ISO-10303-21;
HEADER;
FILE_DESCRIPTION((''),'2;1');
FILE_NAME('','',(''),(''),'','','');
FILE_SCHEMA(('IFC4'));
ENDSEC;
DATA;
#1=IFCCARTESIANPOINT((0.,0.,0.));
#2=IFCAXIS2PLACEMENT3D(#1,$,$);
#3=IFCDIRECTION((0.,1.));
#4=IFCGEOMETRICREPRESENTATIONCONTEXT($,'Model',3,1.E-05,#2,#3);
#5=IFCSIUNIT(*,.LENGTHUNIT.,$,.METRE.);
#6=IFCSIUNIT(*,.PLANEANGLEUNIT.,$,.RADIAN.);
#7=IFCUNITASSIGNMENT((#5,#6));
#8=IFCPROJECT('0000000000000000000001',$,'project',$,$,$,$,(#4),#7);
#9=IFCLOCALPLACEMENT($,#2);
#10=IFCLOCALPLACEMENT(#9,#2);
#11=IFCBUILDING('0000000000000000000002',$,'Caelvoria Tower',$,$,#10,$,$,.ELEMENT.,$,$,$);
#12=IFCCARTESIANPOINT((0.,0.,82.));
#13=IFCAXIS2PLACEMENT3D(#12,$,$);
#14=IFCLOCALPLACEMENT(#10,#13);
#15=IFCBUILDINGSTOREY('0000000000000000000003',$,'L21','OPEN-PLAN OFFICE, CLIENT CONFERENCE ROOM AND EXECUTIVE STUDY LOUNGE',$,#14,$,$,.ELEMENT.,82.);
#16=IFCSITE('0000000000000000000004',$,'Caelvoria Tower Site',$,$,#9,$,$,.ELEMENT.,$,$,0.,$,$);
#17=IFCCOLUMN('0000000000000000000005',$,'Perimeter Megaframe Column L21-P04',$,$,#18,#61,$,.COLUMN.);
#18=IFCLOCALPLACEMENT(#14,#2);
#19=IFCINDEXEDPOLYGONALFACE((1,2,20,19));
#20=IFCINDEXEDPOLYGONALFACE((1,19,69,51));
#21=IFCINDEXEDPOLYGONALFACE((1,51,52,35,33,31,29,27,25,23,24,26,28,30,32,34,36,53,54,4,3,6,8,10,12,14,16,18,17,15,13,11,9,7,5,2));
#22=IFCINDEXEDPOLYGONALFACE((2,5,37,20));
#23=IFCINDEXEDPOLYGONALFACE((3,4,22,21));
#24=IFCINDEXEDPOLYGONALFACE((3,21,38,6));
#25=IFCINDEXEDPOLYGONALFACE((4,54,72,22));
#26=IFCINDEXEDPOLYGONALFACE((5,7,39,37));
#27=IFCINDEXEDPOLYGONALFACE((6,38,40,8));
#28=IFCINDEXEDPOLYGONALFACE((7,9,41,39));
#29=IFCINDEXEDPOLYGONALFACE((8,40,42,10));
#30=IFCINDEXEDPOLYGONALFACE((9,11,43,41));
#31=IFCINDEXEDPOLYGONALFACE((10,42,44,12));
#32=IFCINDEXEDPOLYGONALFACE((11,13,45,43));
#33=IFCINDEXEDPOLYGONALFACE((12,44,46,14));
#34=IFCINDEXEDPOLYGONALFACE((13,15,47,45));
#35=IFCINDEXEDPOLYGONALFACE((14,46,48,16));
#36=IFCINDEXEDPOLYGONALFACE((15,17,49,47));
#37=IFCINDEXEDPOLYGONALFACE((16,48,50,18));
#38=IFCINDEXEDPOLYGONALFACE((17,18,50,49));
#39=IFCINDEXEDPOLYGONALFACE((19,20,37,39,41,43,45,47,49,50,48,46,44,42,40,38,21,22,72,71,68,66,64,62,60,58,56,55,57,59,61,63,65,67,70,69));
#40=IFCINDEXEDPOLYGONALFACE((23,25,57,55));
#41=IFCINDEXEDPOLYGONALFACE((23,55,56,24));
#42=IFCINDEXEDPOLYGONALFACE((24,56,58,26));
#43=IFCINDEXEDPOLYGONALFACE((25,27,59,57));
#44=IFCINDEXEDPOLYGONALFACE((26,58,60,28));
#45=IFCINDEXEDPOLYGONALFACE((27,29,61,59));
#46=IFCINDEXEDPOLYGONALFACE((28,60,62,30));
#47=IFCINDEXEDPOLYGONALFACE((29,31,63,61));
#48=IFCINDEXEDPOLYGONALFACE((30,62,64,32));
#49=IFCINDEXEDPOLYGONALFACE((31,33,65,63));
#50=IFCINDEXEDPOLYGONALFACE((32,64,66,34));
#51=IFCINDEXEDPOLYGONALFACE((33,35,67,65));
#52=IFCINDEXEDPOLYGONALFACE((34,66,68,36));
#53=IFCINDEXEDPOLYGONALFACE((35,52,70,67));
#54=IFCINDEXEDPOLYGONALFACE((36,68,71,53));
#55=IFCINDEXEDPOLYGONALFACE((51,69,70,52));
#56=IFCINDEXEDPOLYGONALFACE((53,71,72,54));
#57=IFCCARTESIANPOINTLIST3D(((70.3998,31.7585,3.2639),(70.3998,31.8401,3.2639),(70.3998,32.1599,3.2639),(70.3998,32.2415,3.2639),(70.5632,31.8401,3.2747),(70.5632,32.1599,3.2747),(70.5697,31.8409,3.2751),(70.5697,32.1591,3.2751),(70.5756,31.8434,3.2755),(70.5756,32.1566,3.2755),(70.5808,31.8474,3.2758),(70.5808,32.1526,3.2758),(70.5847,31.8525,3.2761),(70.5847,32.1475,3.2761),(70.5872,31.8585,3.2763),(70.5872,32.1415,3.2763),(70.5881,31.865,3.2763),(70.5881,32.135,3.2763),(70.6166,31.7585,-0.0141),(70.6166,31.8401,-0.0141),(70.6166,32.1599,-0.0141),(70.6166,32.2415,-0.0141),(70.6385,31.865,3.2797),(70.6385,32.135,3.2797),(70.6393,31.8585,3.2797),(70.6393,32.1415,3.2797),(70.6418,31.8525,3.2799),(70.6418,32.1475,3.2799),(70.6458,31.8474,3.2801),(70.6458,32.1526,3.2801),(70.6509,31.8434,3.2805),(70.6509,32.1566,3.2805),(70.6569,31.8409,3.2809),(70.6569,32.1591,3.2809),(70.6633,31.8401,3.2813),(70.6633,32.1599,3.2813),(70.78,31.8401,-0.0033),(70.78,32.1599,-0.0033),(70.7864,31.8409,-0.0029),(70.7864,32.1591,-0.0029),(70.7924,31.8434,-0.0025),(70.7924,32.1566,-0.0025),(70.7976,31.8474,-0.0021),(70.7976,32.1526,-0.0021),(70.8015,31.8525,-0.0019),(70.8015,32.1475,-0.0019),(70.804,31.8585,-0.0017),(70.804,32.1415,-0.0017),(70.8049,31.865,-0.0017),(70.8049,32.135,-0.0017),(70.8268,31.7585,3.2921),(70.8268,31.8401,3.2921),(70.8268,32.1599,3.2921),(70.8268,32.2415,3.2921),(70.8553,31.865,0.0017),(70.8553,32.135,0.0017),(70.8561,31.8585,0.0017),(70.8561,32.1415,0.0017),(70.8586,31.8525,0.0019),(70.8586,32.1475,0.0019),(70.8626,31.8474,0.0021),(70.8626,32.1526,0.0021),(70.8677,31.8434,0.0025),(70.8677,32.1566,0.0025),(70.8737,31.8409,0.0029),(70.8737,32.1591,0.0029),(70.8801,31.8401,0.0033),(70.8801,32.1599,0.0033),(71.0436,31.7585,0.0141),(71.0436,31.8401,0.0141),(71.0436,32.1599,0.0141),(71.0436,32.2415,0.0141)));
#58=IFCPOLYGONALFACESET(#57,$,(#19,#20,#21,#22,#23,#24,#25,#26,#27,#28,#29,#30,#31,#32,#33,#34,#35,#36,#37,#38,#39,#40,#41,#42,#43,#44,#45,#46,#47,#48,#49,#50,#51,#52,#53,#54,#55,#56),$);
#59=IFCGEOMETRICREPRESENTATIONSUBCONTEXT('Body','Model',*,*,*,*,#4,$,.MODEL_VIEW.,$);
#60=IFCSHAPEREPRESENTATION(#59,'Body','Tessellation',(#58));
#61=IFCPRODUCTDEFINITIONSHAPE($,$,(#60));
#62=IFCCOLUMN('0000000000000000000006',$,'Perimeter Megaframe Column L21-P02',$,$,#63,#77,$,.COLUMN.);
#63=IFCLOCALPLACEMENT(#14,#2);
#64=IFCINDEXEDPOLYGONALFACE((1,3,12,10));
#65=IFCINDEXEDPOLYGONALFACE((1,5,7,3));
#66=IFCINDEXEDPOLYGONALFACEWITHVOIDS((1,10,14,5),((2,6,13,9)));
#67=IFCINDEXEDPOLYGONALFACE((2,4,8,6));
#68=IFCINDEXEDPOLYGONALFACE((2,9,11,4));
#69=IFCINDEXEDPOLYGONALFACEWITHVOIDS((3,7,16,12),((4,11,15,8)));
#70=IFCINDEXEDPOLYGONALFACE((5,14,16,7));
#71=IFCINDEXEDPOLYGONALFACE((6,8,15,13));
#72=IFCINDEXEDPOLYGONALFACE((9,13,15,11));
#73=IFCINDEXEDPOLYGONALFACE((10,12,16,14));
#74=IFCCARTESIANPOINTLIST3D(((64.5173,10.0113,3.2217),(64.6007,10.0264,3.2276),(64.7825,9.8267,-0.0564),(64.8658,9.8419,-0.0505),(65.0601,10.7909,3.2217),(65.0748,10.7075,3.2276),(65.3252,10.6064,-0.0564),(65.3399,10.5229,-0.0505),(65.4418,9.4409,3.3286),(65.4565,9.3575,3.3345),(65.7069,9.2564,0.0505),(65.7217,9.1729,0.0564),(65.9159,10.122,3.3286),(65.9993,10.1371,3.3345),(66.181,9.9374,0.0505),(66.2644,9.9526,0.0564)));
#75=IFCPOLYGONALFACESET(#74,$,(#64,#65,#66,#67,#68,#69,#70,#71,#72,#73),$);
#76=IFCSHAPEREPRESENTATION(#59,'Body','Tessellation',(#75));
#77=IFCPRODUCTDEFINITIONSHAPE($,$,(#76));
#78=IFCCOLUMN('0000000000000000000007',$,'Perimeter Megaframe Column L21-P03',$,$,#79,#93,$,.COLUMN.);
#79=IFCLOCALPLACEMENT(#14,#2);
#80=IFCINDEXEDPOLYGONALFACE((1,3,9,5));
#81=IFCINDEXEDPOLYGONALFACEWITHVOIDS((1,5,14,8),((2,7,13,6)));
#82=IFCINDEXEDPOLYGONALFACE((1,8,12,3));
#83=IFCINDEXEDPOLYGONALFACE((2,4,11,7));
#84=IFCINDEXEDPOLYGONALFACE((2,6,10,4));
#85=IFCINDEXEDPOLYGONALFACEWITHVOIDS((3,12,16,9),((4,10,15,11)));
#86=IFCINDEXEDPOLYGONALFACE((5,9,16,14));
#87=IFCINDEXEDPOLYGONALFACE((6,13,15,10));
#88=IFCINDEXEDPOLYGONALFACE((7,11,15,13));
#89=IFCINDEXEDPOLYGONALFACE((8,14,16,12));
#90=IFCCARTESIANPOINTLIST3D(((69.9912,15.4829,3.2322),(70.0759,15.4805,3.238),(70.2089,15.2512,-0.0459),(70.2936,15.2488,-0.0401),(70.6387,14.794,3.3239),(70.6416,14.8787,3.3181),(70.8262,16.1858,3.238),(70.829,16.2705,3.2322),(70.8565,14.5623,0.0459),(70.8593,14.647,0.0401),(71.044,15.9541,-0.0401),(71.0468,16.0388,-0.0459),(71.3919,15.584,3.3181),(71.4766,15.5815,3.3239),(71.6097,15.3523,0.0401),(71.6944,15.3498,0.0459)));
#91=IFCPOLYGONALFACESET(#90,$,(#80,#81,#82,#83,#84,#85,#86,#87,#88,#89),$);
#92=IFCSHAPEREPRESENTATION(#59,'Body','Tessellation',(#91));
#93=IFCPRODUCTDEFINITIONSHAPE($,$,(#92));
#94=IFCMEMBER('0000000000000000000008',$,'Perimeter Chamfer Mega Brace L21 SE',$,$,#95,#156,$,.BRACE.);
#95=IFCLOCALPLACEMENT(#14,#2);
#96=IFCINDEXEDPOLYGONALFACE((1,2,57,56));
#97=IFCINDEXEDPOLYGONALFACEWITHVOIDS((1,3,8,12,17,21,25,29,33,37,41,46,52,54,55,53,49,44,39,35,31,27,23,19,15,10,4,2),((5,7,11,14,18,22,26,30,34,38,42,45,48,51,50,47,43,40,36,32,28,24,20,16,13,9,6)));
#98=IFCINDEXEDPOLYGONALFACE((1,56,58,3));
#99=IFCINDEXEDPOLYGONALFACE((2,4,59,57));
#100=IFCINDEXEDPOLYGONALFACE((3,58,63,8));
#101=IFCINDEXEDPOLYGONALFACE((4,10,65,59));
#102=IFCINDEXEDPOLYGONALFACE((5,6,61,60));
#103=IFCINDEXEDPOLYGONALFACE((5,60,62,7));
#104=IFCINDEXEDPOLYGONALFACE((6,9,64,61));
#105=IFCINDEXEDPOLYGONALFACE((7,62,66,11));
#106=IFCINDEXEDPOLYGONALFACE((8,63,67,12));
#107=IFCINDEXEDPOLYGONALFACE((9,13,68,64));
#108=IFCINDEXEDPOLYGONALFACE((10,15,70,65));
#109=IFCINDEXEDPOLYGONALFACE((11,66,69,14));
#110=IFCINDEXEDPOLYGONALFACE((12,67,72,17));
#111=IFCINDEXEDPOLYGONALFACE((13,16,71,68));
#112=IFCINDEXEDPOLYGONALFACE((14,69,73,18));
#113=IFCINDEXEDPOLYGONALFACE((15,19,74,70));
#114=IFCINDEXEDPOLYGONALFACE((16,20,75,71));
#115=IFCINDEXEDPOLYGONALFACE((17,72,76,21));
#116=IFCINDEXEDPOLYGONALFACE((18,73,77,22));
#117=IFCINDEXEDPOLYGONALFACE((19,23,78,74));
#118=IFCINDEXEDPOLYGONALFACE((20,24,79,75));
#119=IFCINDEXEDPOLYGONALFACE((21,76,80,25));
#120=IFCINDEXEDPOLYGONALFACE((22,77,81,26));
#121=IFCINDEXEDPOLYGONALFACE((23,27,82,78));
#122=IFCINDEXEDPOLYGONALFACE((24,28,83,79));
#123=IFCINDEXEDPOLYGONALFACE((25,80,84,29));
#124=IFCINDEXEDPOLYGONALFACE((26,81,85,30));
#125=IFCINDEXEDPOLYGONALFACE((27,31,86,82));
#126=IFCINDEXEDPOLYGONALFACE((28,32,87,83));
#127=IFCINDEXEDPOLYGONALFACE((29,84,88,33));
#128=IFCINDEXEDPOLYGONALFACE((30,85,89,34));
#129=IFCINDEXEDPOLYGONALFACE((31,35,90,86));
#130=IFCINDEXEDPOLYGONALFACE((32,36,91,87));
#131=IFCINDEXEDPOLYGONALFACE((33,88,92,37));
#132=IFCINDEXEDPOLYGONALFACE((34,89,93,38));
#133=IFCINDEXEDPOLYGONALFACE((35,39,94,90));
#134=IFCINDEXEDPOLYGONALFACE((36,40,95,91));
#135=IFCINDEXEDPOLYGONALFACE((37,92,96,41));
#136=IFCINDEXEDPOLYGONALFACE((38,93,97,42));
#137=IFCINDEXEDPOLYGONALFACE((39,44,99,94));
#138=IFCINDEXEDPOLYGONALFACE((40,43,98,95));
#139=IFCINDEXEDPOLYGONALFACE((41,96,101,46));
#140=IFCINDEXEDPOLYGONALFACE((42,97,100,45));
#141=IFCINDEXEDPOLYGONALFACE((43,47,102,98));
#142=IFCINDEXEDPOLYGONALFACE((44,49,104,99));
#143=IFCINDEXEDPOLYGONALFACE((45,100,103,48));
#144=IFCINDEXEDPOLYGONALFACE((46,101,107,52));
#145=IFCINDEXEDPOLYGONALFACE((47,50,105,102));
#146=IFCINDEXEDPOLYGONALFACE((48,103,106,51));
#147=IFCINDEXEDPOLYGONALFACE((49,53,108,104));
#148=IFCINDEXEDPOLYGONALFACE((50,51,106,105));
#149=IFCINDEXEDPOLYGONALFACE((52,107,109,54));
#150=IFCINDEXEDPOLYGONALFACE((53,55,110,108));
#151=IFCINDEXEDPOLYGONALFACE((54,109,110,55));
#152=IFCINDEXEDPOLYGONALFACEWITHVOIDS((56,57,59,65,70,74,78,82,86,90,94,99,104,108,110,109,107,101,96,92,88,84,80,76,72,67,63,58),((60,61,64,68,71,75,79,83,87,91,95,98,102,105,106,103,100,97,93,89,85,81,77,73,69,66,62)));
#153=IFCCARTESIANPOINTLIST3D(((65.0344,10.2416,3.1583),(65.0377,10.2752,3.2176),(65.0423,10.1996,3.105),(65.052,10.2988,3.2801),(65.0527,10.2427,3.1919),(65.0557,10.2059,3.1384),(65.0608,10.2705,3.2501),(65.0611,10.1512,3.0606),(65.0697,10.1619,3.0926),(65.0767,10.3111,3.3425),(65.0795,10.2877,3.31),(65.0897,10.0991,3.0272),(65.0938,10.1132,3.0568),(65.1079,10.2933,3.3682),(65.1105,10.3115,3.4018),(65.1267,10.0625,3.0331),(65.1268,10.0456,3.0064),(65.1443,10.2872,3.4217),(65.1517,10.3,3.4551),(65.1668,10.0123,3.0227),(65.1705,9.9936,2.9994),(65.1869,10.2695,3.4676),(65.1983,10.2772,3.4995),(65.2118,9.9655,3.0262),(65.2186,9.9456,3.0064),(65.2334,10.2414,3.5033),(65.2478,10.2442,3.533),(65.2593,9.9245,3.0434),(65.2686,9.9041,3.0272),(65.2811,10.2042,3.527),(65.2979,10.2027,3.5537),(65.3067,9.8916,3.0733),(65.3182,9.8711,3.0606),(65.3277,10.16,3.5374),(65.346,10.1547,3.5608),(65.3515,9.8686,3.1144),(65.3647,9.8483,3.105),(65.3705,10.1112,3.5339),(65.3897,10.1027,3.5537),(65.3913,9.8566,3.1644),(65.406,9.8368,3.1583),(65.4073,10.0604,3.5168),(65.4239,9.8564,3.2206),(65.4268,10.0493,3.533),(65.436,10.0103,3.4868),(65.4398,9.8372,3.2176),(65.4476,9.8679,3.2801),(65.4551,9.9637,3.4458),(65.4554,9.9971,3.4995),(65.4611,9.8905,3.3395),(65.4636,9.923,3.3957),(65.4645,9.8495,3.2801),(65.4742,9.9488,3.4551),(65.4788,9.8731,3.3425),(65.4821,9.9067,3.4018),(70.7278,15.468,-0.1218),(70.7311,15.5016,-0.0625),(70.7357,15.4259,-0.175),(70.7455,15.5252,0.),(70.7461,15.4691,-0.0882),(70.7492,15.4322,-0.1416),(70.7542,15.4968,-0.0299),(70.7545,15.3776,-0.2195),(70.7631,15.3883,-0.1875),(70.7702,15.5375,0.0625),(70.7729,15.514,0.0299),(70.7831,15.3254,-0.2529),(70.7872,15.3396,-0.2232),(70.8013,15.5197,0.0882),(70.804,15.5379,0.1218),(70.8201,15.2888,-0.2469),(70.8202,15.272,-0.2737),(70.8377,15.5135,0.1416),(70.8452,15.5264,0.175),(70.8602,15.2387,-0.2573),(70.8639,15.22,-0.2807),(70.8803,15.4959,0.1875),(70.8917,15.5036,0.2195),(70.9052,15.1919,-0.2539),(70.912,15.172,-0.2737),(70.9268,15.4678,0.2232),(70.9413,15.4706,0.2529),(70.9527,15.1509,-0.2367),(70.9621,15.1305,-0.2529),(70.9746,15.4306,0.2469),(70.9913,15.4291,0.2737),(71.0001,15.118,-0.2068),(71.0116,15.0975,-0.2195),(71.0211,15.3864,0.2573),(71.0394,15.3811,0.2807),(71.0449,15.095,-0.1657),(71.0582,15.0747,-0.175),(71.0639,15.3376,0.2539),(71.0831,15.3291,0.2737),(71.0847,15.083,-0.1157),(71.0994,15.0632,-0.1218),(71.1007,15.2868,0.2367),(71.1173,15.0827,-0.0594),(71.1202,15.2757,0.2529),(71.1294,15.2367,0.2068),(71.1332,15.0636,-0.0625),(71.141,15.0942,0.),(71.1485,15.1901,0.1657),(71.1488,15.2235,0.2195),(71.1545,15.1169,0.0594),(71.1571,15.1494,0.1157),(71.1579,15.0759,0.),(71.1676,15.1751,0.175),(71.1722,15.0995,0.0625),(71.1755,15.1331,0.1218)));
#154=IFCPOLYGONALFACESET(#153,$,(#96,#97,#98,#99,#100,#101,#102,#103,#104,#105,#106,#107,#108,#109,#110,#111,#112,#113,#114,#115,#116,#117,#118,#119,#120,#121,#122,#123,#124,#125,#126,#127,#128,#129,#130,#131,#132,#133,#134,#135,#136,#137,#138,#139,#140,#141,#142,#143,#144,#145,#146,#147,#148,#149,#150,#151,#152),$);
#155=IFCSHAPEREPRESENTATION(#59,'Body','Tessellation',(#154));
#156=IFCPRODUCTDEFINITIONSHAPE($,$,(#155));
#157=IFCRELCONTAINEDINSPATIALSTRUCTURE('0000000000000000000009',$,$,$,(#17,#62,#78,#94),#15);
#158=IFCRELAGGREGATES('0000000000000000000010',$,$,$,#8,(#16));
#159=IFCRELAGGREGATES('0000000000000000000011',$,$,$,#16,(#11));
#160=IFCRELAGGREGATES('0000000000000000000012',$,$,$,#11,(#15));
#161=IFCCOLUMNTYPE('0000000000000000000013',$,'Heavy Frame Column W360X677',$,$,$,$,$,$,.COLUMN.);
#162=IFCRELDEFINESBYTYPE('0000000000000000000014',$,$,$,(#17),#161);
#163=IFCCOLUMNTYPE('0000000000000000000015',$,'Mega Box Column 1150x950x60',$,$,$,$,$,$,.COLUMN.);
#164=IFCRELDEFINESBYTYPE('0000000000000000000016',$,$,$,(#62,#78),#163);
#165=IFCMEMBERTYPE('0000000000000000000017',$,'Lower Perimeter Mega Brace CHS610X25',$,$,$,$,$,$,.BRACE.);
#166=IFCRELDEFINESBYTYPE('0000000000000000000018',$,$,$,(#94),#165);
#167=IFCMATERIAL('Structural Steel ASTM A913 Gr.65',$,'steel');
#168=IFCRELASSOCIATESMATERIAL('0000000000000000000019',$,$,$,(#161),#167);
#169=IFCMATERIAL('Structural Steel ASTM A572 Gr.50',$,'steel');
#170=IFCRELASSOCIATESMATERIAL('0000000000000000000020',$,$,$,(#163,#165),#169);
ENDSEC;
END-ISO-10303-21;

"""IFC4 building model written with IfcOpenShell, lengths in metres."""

from ifc_helpers import new_model, si_unit, direction, frame, origin, origin_2d, place, context, subcontext, project, spatial, hollow_rectangle, hollow_circle, i_section, extrude, material, material_profile, profile_set, type_object, element, save


model = new_model("IFC4")

# Units and contexts
model_context = context("Model", 3, precision=1e-05, world=origin(), true_north=direction((0.0, 1.0)))
body_context = subcontext(model_context, "Body", "Model", "MODEL_VIEW")
ifc_project = project(units=[si_unit("LENGTHUNIT", "METRE"), si_unit("PLANEANGLEUNIT", "RADIAN")], contexts=[model_context])

# Site, building, storey
site_placement = place(None, origin())
site = spatial("IfcSite", under=ifc_project, at=site_placement, Name="Caelvoria Tower Site", CompositionType="ELEMENT", RefElevation=0.0)
building_placement = place(site_placement, origin())
building = spatial("IfcBuilding", under=site, at=building_placement, Name="Caelvoria Tower", CompositionType="ELEMENT")
storey_placement = place(building_placement, frame((0.0, 0.0, 82.0)))
storey = spatial("IfcBuildingStorey", under=building, at=storey_placement, Name="L21", Description="OPEN-PLAN OFFICE, CLIENT CONFERENCE ROOM AND EXECUTIVE STUDY LOUNGE", CompositionType="ELEMENT", Elevation=82.0)

# Columns
ifc_material_1 = material(Name="Structural Steel ASTM A913 Gr.65", Category="steel")
ifc_material_profile_1 = material_profile(ifc_material_1, i_section(OverallWidth=0.428, OverallDepth=0.4829, WebThickness=0.0505, FlangeThickness=0.0815, FilletRadius=0.0249, at=origin_2d()), Name="Structural Steel ASTM A913 Gr.65")
ifc_profile_set_1 = profile_set([ifc_material_profile_1], Name="W360X677 - Structural Steel ASTM A913 Gr.65")
column_type_1 = type_object("IfcColumnType", Name="Heavy Frame Column W360X677", PredefinedType="COLUMN", material=ifc_profile_set_1)
column_1_placement = place(storey_placement, frame((70.8301, 32.0, 0.0), z_axis=(-0.065991, 0.0, 0.99782), x_axis=(0.99782, 0.0, 0.065991)))
element("IfcColumn", 1, at=column_1_placement, inside=storey, type_object=column_type_1, Name="Perimeter Megaframe Column L21-P04", PredefinedType="COLUMN", context=body_context, shape_type="SweptSolid", body=[
    extrude(i_section(OverallWidth=0.428, OverallDepth=0.4829, WebThickness=0.0505, FlangeThickness=0.0815, FilletRadius=0.0249, at=origin_2d()), origin(), (0.0, 0.0, 1.0), 3.2852),
])
ifc_material_2 = material(Name="Structural Steel ASTM A572 Gr.50", Category="steel")
ifc_material_profile_2 = material_profile(ifc_material_2, hollow_rectangle(XDim=0.95, YDim=1.1499, WallThickness=0.0601, at=origin_2d()), Name="Structural Steel ASTM A572 Gr.50")
ifc_profile_set_2 = profile_set([ifc_material_profile_2], Name="BOX1150X950X60 - Structural Steel ASTM A572 Gr.50")
column_type_2 = type_object("IfcColumnType", Name="Mega Box Column 1150x950x60", PredefinedType="COLUMN", material=ifc_profile_set_2)
column_2_placement = place(storey_placement, frame((65.5234, 9.8896, 0.0), z_axis=(-0.080492, 0.056033, 0.995179), x_axis=(-0.57133, -0.82072, 0.0)))
element("IfcColumn", 2, at=column_2_placement, inside=storey, type_object=column_type_2, Name="Perimeter Megaframe Column L21-P02", PredefinedType="COLUMN", context=body_context, shape_type="SweptSolid", body=[
    extrude(hollow_rectangle(XDim=0.95, YDim=1.1499, WallThickness=0.0601, at=origin_2d()), origin(), (0.0, 0.0, 1.0), 3.2939),
])
column_3_placement = place(storey_placement, frame((70.9517, 15.3005, 0.0), z_axis=(-0.066123, 0.070348, 0.995329), x_axis=(0.681686, -0.725247, 0.096546)))
element("IfcColumn", 3, at=column_3_placement, inside=storey, type_object=column_type_2, Name="Perimeter Megaframe Column L21-P03", PredefinedType="COLUMN", context=body_context, shape_type="SweptSolid", body=[
    extrude(hollow_rectangle(XDim=0.95, YDim=1.1499, WallThickness=0.0601, at=origin_2d()), origin(), (0.0, 0.0, 1.0), 3.2935),
])

# Member
ifc_material_profile_3 = material_profile(ifc_material_2, hollow_circle(Radius=0.3049, WallThickness=0.0249, at=origin_2d()), Name="Structural Steel ASTM A572 Gr.50")
ifc_profile_set_3 = profile_set([ifc_material_profile_3], Name="CHS610X25 - Structural Steel ASTM A572 Gr.50")
member_type = type_object("IfcMemberType", Name="Lower Perimeter Mega Brace CHS610X25", PredefinedType="BRACE", material=ifc_profile_set_3)
member_1_placement = place(storey_placement, frame((70.9517, 15.3005, 0.0), z_axis=(-0.67813, -0.622501, 0.390681), x_axis=(0.676245, -0.736677, 0.0)))
element("IfcMember", 4, at=member_1_placement, inside=storey, type_object=member_type, Name="Perimeter Chamfer Mega Brace L21 SE", PredefinedType="BRACE", context=body_context, shape_type="SweptSolid", body=[
    extrude(hollow_circle(Radius=0.3049, WallThickness=0.0249, at=origin_2d()), origin(), (0.0, 0.0, 1.0), 8.3958),
])

save(model, "model.ifc")
